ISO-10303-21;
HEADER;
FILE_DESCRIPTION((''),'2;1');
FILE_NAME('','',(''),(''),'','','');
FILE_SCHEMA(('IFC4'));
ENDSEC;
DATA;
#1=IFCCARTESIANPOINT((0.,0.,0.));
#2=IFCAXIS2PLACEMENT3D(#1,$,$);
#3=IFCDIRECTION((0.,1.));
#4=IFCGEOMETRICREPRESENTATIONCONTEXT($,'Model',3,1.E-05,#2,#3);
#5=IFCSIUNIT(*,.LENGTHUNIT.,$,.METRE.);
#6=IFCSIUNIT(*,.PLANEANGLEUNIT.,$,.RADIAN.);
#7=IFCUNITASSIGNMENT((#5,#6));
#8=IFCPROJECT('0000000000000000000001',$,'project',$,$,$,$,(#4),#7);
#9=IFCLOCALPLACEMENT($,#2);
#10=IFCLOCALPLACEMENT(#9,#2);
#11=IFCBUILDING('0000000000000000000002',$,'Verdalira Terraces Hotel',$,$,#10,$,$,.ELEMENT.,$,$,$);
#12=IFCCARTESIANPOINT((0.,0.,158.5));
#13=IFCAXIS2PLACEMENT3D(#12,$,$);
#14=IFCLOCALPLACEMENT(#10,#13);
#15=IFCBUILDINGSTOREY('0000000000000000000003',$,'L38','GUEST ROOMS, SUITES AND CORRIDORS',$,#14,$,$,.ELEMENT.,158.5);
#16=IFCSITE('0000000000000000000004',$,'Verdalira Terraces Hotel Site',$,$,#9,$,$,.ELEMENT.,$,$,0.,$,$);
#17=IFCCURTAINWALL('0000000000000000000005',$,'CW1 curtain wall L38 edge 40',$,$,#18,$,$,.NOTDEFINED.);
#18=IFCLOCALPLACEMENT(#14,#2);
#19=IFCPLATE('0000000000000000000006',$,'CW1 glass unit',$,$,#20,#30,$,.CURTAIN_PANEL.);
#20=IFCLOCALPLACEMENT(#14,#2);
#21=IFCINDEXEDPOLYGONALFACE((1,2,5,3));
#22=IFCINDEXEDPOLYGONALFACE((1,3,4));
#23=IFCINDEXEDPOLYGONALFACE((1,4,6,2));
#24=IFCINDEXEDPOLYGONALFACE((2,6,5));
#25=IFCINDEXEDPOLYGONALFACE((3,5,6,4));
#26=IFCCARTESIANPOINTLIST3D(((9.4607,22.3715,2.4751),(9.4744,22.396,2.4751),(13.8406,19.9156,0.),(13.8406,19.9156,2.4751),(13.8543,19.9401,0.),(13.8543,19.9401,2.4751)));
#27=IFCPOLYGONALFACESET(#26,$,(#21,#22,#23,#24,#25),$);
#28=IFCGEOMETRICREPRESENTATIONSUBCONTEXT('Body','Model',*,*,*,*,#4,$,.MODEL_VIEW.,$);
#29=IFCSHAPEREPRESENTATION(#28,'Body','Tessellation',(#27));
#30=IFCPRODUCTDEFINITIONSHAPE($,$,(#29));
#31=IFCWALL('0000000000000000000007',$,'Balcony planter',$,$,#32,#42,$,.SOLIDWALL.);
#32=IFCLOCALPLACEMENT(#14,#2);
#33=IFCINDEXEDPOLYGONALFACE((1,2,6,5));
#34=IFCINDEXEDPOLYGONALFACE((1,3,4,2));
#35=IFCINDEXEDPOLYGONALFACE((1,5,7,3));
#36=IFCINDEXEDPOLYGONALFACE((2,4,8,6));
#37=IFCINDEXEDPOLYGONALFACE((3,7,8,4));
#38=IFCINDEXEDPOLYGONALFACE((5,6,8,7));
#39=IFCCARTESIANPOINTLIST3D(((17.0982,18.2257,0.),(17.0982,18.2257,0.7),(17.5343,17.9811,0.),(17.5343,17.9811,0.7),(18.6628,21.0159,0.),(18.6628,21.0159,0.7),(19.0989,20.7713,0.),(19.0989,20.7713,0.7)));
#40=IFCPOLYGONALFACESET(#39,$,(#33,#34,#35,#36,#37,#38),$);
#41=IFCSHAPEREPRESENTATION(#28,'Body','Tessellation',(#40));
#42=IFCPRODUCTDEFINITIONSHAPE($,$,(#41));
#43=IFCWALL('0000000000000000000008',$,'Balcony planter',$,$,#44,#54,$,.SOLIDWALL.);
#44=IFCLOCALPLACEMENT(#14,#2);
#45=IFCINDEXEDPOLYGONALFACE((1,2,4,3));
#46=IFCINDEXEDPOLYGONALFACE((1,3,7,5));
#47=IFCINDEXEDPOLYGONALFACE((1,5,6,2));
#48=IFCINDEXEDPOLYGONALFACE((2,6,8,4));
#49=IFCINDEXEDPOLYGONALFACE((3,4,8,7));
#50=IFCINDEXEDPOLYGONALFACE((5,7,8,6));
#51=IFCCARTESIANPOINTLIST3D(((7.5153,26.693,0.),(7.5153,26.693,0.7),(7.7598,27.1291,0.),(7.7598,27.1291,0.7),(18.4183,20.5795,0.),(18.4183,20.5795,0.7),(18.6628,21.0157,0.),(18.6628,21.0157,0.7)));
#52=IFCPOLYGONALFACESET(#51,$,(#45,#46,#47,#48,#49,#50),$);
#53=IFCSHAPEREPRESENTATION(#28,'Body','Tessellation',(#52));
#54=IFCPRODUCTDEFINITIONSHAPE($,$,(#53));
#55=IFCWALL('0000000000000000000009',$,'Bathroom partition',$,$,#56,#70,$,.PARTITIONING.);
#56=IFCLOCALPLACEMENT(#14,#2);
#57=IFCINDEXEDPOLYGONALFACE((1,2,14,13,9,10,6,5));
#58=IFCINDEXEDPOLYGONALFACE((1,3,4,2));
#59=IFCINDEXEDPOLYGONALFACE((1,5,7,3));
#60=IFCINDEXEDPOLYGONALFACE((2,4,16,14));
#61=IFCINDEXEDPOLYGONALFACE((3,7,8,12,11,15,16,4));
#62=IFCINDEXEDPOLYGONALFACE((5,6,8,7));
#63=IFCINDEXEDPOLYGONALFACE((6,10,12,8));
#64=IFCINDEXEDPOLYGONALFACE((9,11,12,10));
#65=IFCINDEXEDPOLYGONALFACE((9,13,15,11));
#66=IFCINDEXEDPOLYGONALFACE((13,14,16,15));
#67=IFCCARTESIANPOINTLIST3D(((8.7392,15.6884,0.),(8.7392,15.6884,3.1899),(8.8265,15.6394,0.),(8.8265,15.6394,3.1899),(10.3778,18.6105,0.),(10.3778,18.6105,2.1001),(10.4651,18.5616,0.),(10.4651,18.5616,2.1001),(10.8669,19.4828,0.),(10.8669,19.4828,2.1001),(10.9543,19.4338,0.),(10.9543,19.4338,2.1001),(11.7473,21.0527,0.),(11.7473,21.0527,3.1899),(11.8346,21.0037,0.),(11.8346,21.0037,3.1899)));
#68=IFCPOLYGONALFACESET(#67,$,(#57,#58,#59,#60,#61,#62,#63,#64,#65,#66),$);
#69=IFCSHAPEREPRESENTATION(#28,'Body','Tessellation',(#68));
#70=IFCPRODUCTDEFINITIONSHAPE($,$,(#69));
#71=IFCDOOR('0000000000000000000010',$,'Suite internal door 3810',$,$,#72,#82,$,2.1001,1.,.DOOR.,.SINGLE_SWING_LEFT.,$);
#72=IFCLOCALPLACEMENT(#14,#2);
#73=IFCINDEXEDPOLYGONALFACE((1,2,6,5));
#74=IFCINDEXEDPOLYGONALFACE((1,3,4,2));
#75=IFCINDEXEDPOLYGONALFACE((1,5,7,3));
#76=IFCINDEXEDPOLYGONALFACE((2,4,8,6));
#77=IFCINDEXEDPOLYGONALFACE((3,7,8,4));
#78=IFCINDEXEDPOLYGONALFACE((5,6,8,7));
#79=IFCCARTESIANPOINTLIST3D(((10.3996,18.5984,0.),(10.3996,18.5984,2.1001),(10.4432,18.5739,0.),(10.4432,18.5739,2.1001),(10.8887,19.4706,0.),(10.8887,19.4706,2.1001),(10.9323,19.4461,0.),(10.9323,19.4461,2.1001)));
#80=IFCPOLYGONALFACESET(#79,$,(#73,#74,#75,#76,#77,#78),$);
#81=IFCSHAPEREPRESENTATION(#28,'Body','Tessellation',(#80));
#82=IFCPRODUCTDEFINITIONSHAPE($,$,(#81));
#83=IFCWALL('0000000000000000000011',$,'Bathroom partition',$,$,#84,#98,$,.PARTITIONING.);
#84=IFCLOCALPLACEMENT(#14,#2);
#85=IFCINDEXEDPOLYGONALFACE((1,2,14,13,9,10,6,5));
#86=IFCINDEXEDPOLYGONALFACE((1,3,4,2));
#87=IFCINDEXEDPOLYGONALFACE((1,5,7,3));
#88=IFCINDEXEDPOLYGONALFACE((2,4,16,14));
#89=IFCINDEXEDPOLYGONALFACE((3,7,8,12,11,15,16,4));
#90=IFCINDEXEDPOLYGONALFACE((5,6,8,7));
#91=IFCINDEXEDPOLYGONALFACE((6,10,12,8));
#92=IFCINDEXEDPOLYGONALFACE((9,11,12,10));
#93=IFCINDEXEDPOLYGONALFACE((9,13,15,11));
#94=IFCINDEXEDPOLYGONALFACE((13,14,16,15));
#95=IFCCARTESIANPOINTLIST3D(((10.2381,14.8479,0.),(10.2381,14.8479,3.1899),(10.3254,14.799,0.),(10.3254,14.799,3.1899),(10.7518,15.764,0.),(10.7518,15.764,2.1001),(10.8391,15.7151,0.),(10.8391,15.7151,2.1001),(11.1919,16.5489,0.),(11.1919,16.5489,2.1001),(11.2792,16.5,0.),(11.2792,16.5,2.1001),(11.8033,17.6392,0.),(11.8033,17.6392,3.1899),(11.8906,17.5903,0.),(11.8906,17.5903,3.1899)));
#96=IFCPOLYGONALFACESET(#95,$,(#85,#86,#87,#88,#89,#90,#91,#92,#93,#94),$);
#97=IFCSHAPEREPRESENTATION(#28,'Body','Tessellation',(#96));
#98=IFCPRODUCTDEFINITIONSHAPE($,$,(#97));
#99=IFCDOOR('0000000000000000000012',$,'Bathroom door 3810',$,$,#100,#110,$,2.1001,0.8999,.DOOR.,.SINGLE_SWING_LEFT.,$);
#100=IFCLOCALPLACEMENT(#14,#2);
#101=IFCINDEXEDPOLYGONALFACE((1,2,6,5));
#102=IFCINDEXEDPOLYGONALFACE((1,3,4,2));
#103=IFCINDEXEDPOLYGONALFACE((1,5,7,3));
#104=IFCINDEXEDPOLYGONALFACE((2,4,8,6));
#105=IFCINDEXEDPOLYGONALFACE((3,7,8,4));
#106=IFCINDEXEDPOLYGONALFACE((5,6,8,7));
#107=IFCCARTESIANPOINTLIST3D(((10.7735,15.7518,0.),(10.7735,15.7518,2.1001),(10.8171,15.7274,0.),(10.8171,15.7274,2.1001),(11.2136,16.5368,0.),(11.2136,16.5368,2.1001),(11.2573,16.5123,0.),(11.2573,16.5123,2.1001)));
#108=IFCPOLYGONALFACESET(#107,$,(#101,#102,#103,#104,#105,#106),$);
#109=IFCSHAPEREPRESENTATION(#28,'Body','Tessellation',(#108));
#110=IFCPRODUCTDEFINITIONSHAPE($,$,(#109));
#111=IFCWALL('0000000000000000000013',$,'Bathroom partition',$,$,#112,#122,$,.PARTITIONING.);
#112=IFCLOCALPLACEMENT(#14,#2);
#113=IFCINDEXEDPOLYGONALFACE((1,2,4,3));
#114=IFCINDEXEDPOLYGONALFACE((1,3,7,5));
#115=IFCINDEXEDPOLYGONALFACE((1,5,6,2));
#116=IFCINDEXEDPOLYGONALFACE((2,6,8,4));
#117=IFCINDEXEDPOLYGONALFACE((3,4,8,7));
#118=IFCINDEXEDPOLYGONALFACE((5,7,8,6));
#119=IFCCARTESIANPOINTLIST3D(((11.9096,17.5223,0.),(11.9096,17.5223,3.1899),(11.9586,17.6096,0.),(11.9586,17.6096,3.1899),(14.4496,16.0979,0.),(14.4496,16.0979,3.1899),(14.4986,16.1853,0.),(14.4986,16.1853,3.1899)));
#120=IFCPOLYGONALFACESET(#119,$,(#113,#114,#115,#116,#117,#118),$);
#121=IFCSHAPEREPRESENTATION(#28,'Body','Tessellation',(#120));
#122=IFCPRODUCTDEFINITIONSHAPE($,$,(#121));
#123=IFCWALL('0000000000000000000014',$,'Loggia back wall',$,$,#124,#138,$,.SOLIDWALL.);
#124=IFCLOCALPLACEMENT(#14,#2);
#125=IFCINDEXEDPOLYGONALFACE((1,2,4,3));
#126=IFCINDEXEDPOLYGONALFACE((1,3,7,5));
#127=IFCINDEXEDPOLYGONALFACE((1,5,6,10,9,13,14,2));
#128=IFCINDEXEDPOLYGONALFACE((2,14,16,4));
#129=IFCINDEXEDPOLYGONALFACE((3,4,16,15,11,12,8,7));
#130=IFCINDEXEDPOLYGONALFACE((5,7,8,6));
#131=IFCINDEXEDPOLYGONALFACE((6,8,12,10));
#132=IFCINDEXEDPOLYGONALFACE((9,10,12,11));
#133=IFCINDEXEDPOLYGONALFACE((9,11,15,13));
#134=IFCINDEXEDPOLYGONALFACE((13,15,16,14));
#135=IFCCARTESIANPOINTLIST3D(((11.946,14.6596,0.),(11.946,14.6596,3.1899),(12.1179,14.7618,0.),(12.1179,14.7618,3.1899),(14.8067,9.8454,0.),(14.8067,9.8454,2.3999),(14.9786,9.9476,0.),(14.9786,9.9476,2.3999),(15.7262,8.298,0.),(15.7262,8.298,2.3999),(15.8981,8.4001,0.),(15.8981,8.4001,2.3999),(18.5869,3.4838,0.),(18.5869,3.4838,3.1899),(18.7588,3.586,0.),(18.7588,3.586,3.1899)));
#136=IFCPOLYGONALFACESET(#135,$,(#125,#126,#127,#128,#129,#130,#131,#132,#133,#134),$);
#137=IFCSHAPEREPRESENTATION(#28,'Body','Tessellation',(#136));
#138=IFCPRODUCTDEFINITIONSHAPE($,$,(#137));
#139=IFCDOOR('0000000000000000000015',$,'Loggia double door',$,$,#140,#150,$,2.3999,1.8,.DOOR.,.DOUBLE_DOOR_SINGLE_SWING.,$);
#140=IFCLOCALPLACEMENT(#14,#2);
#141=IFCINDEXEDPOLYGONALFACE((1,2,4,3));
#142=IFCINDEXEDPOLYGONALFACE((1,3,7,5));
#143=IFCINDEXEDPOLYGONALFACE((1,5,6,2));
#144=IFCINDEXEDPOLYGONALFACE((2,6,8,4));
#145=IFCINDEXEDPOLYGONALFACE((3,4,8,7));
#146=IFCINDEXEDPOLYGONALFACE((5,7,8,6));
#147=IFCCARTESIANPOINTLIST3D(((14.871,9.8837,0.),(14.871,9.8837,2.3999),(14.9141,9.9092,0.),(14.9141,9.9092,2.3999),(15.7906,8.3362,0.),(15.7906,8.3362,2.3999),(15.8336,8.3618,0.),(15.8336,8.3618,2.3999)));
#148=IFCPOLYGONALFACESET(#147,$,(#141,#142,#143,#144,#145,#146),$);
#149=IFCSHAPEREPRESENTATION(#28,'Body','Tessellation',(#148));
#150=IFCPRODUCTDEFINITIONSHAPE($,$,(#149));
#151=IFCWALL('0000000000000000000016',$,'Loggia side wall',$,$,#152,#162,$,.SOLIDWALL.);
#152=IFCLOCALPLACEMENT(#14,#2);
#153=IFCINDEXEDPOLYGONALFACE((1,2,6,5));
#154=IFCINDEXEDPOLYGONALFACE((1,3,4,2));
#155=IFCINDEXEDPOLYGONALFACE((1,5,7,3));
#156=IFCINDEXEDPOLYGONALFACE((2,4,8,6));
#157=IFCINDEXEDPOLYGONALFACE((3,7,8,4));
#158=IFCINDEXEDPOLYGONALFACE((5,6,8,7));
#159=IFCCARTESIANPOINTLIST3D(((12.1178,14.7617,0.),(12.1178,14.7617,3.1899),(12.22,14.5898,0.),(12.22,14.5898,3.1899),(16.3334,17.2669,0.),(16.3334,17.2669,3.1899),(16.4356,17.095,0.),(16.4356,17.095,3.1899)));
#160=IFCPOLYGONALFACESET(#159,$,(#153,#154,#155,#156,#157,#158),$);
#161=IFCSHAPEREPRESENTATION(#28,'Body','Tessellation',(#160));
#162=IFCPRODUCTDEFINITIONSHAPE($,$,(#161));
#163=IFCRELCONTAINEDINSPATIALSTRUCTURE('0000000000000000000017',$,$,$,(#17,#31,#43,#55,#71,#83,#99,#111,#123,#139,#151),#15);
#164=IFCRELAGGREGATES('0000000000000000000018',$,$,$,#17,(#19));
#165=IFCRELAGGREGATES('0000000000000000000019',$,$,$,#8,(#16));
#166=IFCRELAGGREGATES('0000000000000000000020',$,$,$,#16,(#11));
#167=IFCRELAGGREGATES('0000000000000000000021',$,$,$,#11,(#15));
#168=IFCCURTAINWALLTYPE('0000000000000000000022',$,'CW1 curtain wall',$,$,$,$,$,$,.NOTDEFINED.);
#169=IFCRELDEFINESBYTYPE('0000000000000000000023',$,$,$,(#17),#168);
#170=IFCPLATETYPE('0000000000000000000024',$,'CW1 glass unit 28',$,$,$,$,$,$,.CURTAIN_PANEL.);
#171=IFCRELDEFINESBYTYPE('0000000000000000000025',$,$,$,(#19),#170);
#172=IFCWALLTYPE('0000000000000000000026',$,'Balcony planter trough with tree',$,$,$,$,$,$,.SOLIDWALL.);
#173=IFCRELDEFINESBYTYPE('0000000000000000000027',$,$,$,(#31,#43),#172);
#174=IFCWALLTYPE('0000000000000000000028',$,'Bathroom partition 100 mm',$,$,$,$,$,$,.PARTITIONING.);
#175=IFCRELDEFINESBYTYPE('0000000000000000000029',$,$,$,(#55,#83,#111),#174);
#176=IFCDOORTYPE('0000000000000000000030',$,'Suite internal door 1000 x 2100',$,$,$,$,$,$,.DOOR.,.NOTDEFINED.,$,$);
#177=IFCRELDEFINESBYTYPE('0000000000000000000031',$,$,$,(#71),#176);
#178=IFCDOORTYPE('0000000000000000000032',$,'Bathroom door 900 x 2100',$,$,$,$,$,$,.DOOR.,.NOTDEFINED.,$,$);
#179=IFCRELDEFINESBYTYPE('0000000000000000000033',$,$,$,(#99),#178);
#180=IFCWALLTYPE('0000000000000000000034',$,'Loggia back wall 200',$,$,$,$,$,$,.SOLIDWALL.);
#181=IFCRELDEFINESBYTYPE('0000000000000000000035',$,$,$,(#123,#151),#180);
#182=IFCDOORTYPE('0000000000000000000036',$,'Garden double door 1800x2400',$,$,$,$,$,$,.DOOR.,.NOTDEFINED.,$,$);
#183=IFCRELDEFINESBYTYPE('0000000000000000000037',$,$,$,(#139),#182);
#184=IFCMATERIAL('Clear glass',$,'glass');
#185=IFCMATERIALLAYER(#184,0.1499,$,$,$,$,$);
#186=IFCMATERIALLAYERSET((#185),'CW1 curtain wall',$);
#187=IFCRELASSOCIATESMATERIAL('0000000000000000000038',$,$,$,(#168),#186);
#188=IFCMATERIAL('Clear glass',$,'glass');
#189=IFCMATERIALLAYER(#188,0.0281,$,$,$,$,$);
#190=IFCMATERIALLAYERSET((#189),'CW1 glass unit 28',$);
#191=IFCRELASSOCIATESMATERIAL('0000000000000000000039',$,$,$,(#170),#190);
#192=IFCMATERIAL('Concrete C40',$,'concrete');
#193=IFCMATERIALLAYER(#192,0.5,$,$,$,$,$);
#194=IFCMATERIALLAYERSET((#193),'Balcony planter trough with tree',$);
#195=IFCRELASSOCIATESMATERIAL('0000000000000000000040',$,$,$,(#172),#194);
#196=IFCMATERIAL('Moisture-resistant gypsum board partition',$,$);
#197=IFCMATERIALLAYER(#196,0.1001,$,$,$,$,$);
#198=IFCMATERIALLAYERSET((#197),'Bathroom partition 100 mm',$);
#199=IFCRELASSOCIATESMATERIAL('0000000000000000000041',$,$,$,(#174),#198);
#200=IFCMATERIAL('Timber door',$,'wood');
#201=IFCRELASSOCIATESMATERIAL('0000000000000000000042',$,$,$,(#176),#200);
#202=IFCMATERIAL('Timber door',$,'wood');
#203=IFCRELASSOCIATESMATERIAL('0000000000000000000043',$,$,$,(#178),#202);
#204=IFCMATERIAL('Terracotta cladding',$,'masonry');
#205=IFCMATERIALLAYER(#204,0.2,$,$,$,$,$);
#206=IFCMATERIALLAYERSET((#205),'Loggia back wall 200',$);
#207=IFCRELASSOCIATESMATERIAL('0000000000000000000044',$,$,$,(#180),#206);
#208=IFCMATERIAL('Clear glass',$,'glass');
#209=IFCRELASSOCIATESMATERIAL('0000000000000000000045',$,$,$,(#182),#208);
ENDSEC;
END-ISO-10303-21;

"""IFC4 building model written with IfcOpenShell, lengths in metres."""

from ifc_helpers import new_model, si_unit, direction, frame, frame_2d, origin, place, context, subcontext, project, spatial, polyline, rectangle, outline, extrude, material, layer, layer_set, type_object, element, fill, aggregate, save


model = new_model("IFC4")

# Units and contexts
model_context = context("Model", 3, precision=1e-05, world=origin(), true_north=direction((0.0, 1.0)))
body_context = subcontext(model_context, "Body", "Model", "MODEL_VIEW")
ifc_project = project(units=[si_unit("LENGTHUNIT", "METRE"), si_unit("PLANEANGLEUNIT", "RADIAN")], contexts=[model_context])

# Site, building, storey
site_placement = place(None, origin())
site = spatial("IfcSite", under=ifc_project, at=site_placement, Name="Verdalira Terraces Hotel Site", CompositionType="ELEMENT", RefElevation=0.0)
building_placement = place(site_placement, origin())
building = spatial("IfcBuilding", under=site, at=building_placement, Name="Verdalira Terraces Hotel", CompositionType="ELEMENT")
storey_placement = place(building_placement, frame((0.0, 0.0, 158.5)))
storey = spatial("IfcBuildingStorey", under=building, at=storey_placement, Name="L38", Description="GUEST ROOMS, SUITES AND CORRIDORS", CompositionType="ELEMENT", Elevation=158.5)

# Curtain wall
ifc_material_1 = material(Name="Clear glass", Category="glass")
ifc_layer_1 = layer(ifc_material_1, 0.1499)
ifc_layer_set_1 = layer_set([ifc_layer_1], Name="CW1 curtain wall")
curtain_wall_type = type_object("IfcCurtainWallType", Name="CW1 curtain wall", PredefinedType="NOTDEFINED", material=ifc_layer_set_1)
curtain_wall_placement = place(storey_placement, origin())
curtain_wall = element("IfcCurtainWall", 1, at=curtain_wall_placement, inside=storey, type_object=curtain_wall_type, Name="CW1 curtain wall L38 edge 40", PredefinedType="NOTDEFINED")

# Plate
ifc_material_2 = material(Name="Clear glass", Category="glass")
ifc_layer_2 = layer(ifc_material_2, 0.0281)
ifc_layer_set_2 = layer_set([ifc_layer_2], Name="CW1 glass unit 28")
plate_type = type_object("IfcPlateType", Name="CW1 glass unit 28", PredefinedType="CURTAIN_PANEL", material=ifc_layer_set_2)
plate_1_placement = place(storey_placement, frame((11.6506, 21.1436, 1.2375), z_axis=(0.489078, 0.87224, 0.0), x_axis=(-0.87224, 0.489078, 0.0)))
plate_1 = element("IfcPlate", 2, at=plate_1_placement, type_object=plate_type, Name="CW1 glass unit", PredefinedType="CURTAIN_PANEL", context=body_context, shape_type="SweptSolid", body=[
    extrude(outline(polyline([(-2.5107, -1.2375), (2.5107, 1.2375), (-2.5107, 1.2375), (-2.5107, -1.2375)])), origin(), (0.0, 0.0, 1.0), 0.0281),
])
aggregate(curtain_wall, [plate_1])

# Walls
ifc_material_3 = material(Name="Concrete C40", Category="concrete")
ifc_layer_3 = layer(ifc_material_3, 0.5)
ifc_layer_set_3 = layer_set([ifc_layer_3], Name="Balcony planter trough with tree")
wall_type_1 = type_object("IfcWallType", Name="Balcony planter trough with tree", PredefinedType="SOLIDWALL", material=ifc_layer_set_3)
wall_1_placement = place(storey_placement, frame((17.3162, 18.1033, 0.0), z_axis=(0.0, 0.0, 1.0), x_axis=(0.489112, 0.872221, 0.0)))
element("IfcWall", 3, at=wall_1_placement, inside=storey, type_object=wall_type_1, Name="Balcony planter", PredefinedType="SOLIDWALL", context=body_context, shape_type="SweptSolid", body=[
    extrude(rectangle(XDim=3.199, YDim=0.5, at=frame_2d((1.5996, 0.0))), origin(), (0.0, 0.0, 1.0), 0.7),
])
wall_2_placement = place(storey_placement, frame((18.5405, 20.7976, 0.0), z_axis=(0.0, 0.0, 1.0), x_axis=(-0.87224, 0.489078, 0.0)))
element("IfcWall", 4, at=wall_2_placement, inside=storey, type_object=wall_type_1, Name="Balcony planter", PredefinedType="SOLIDWALL", context=body_context, shape_type="SweptSolid", body=[
    extrude(rectangle(XDim=12.5, YDim=0.5, at=frame_2d((6.25, 0.0))), origin(), (0.0, 0.0, 1.0), 0.7),
])

# Walls, openings, doors
ifc_material_4 = material(Name="Moisture-resistant gypsum board partition")
ifc_layer_4 = layer(ifc_material_4, 0.1001)
ifc_layer_set_4 = layer_set([ifc_layer_4], Name="Bathroom partition 100 mm")
wall_type_2 = type_object("IfcWallType", Name="Bathroom partition 100 mm", PredefinedType="PARTITIONING", material=ifc_layer_set_4)
wall_3_placement = place(storey_placement, frame((11.791, 21.0283, 0.0), z_axis=(0.0, 0.0, 1.0), x_axis=(-0.489107, -0.872224, 0.0)))
wall_3 = element("IfcWall", 5, at=wall_3_placement, inside=storey, type_object=wall_type_2, Name="Bathroom partition", PredefinedType="PARTITIONING", context=body_context, shape_type="SweptSolid", body=[
    extrude(rectangle(XDim=6.1501, YDim=0.1001, at=frame_2d((3.0752, 0.0))), origin(), (0.0, 0.0, 1.0), 3.1899),
])
opening_1_placement = place(wall_3_placement, frame((1.8, 0.0, 0.0)))
opening_1 = element("IfcOpeningElement", 6, at=opening_1_placement, cuts=wall_3, PredefinedType="OPENING", context=body_context, shape_type="SweptSolid", body=[
    extrude(rectangle(XDim=1.0, YDim=2.1001, at=frame_2d((0.5, 1.05))), frame((0.0, 0.0601, 0.0), z_axis=(0.0, -1.0, 0.0), x_axis=(1.0, 0.0, 0.0)), (0.0, 0.0, 1.0), 0.1201),
])
ifc_material_5 = material(Name="Timber door", Category="wood")
door_type_1 = type_object("IfcDoorType", Name="Suite internal door 1000 x 2100", OperationType="NOTDEFINED", PredefinedType="DOOR", material=ifc_material_5)
door_1_placement = place(opening_1_placement, origin())
door_1 = element("IfcDoor", 7, at=door_1_placement, inside=storey, type_object=door_type_1, Name="Suite internal door 3810", OperationType="SINGLE_SWING_LEFT", OverallHeight=2.1001, OverallWidth=1.0, PredefinedType="DOOR", context=body_context, shape_type="SweptSolid", body=[
    extrude(rectangle(XDim=1.0, YDim=2.1001, at=frame_2d((0.5, 1.05))), frame((0.0, 0.0249, 0.0), z_axis=(0.0, -1.0, 0.0), x_axis=(1.0, 0.0, 0.0)), (0.0, 0.0, 1.0), 0.05),
])
fill(opening_1, door_1)
wall_4_placement = place(storey_placement, frame((11.8469, 17.6147, 0.0), z_axis=(0.0, 0.0, 1.0), x_axis=(-0.489098, -0.872229, 0.0)))
wall_4 = element("IfcWall", 8, at=wall_4_placement, inside=storey, type_object=wall_type_2, Name="Bathroom partition", PredefinedType="PARTITIONING", context=body_context, shape_type="SweptSolid", body=[
    extrude(rectangle(XDim=3.2002, YDim=0.1001, at=frame_2d((1.6001, 0.0))), origin(), (0.0, 0.0, 1.0), 3.1899),
])
opening_2_placement = place(wall_4_placement, frame((1.25, 0.0, 0.0)))
opening_2 = element("IfcOpeningElement", 9, at=opening_2_placement, cuts=wall_4, PredefinedType="OPENING", context=body_context, shape_type="SweptSolid", body=[
    extrude(rectangle(XDim=0.8999, YDim=2.1001, at=frame_2d((0.45, 1.05))), frame((0.0, 0.0601, 0.0), z_axis=(0.0, -1.0, 0.0), x_axis=(1.0, 0.0, 0.0)), (0.0, 0.0, 1.0), 0.1201),
])
ifc_material_6 = material(Name="Timber door", Category="wood")
door_type_2 = type_object("IfcDoorType", Name="Bathroom door 900 x 2100", OperationType="NOTDEFINED", PredefinedType="DOOR", material=ifc_material_6)
door_2_placement = place(opening_2_placement, origin())
door_2 = element("IfcDoor", 10, at=door_2_placement, inside=storey, type_object=door_type_2, Name="Bathroom door 3810", OperationType="SINGLE_SWING_LEFT", OverallHeight=2.1001, OverallWidth=0.8999, PredefinedType="DOOR", context=body_context, shape_type="SweptSolid", body=[
    extrude(rectangle(XDim=0.8999, YDim=2.1001, at=frame_2d((0.45, 1.05))), frame((0.0, 0.0249, 0.0), z_axis=(0.0, -1.0, 0.0), x_axis=(1.0, 0.0, 0.0)), (0.0, 0.0, 1.0), 0.05),
])
fill(opening_2, door_2)

# Wall
wall_5_placement = place(storey_placement, frame((14.4741, 16.1416, 0.0), z_axis=(0.0, 0.0, 1.0), x_axis=(-0.872229, 0.489099, 0.0)))
element("IfcWall", 11, at=wall_5_placement, inside=storey, type_object=wall_type_2, Name="Bathroom partition", PredefinedType="PARTITIONING", context=body_context, shape_type="SweptSolid", body=[
    extrude(rectangle(XDim=2.9121, YDim=0.1001, at=frame_2d((1.4561, 0.0))), origin(), (0.0, 0.0, 1.0), 3.1899),
])

# Wall, opening, door
ifc_material_7 = material(Name="Terracotta cladding", Category="masonry")
ifc_layer_5 = layer(ifc_material_7, 0.2)
ifc_layer_set_5 = layer_set([ifc_layer_5], Name="Loggia back wall 200")
wall_type_3 = type_object("IfcWallType", Name="Loggia back wall 200", PredefinedType="SOLIDWALL", material=ifc_layer_set_5)
wall_6_placement = place(storey_placement, frame((12.032, 14.7107, 0.0), z_axis=(0.0, 0.0, 1.0), x_axis=(0.510837, -0.859677, 0.0)))
wall_6 = element("IfcWall", 12, at=wall_6_placement, inside=storey, type_object=wall_type_3, Name="Loggia back wall", PredefinedType="SOLIDWALL", context=body_context, shape_type="SweptSolid", body=[
    extrude(rectangle(XDim=13.0, YDim=0.2, at=frame_2d((6.5, 0.0))), origin(), (0.0, 0.0, 1.0), 3.1899),
])
opening_3_placement = place(wall_6_placement, frame((5.6001, 0.0, 0.0)))
opening_3 = element("IfcOpeningElement", 13, at=opening_3_placement, cuts=wall_6, PredefinedType="OPENING", context=body_context, shape_type="SweptSolid", body=[
    extrude(rectangle(XDim=1.8, YDim=2.3999, at=frame_2d((0.8999, 1.2))), frame((0.0, 0.1099, 0.0), z_axis=(0.0, -1.0, 0.0), x_axis=(1.0, 0.0, 0.0)), (0.0, 0.0, 1.0), 0.22),
])
ifc_material_8 = material(Name="Clear glass", Category="glass")
door_type_3 = type_object("IfcDoorType", Name="Garden double door 1800x2400", OperationType="NOTDEFINED", PredefinedType="DOOR", material=ifc_material_8)
door_3_placement = place(opening_3_placement, origin())
door_3 = element("IfcDoor", 14, at=door_3_placement, inside=storey, type_object=door_type_3, Name="Loggia double door", OperationType="DOUBLE_DOOR_SINGLE_SWING", OverallHeight=2.3999, OverallWidth=1.8, PredefinedType="DOOR", context=body_context, shape_type="SweptSolid", body=[
    extrude(rectangle(XDim=1.8, YDim=2.3999, at=frame_2d((0.8999, 1.2))), frame((0.0, 0.0249, 0.0), z_axis=(0.0, -1.0, 0.0), x_axis=(1.0, 0.0, 0.0)), (0.0, 0.0, 1.0), 0.05),
])
fill(opening_3, door_3)

# Wall
wall_7_placement = place(storey_placement, frame((16.3845, 17.1809, 0.0), z_axis=(0.0, 0.0, 1.0), x_axis=(-0.859664, -0.51086, 0.0)))
element("IfcWall", 15, at=wall_7_placement, inside=storey, type_object=wall_type_3, Name="Loggia side wall", PredefinedType="SOLIDWALL", context=body_context, shape_type="SweptSolid", body=[
    extrude(rectangle(XDim=4.9038, YDim=0.2, at=frame_2d((2.4519, 0.0))), origin(), (0.0, 0.0, 1.0), 3.1899),
])

save(model, "model.ifc")
